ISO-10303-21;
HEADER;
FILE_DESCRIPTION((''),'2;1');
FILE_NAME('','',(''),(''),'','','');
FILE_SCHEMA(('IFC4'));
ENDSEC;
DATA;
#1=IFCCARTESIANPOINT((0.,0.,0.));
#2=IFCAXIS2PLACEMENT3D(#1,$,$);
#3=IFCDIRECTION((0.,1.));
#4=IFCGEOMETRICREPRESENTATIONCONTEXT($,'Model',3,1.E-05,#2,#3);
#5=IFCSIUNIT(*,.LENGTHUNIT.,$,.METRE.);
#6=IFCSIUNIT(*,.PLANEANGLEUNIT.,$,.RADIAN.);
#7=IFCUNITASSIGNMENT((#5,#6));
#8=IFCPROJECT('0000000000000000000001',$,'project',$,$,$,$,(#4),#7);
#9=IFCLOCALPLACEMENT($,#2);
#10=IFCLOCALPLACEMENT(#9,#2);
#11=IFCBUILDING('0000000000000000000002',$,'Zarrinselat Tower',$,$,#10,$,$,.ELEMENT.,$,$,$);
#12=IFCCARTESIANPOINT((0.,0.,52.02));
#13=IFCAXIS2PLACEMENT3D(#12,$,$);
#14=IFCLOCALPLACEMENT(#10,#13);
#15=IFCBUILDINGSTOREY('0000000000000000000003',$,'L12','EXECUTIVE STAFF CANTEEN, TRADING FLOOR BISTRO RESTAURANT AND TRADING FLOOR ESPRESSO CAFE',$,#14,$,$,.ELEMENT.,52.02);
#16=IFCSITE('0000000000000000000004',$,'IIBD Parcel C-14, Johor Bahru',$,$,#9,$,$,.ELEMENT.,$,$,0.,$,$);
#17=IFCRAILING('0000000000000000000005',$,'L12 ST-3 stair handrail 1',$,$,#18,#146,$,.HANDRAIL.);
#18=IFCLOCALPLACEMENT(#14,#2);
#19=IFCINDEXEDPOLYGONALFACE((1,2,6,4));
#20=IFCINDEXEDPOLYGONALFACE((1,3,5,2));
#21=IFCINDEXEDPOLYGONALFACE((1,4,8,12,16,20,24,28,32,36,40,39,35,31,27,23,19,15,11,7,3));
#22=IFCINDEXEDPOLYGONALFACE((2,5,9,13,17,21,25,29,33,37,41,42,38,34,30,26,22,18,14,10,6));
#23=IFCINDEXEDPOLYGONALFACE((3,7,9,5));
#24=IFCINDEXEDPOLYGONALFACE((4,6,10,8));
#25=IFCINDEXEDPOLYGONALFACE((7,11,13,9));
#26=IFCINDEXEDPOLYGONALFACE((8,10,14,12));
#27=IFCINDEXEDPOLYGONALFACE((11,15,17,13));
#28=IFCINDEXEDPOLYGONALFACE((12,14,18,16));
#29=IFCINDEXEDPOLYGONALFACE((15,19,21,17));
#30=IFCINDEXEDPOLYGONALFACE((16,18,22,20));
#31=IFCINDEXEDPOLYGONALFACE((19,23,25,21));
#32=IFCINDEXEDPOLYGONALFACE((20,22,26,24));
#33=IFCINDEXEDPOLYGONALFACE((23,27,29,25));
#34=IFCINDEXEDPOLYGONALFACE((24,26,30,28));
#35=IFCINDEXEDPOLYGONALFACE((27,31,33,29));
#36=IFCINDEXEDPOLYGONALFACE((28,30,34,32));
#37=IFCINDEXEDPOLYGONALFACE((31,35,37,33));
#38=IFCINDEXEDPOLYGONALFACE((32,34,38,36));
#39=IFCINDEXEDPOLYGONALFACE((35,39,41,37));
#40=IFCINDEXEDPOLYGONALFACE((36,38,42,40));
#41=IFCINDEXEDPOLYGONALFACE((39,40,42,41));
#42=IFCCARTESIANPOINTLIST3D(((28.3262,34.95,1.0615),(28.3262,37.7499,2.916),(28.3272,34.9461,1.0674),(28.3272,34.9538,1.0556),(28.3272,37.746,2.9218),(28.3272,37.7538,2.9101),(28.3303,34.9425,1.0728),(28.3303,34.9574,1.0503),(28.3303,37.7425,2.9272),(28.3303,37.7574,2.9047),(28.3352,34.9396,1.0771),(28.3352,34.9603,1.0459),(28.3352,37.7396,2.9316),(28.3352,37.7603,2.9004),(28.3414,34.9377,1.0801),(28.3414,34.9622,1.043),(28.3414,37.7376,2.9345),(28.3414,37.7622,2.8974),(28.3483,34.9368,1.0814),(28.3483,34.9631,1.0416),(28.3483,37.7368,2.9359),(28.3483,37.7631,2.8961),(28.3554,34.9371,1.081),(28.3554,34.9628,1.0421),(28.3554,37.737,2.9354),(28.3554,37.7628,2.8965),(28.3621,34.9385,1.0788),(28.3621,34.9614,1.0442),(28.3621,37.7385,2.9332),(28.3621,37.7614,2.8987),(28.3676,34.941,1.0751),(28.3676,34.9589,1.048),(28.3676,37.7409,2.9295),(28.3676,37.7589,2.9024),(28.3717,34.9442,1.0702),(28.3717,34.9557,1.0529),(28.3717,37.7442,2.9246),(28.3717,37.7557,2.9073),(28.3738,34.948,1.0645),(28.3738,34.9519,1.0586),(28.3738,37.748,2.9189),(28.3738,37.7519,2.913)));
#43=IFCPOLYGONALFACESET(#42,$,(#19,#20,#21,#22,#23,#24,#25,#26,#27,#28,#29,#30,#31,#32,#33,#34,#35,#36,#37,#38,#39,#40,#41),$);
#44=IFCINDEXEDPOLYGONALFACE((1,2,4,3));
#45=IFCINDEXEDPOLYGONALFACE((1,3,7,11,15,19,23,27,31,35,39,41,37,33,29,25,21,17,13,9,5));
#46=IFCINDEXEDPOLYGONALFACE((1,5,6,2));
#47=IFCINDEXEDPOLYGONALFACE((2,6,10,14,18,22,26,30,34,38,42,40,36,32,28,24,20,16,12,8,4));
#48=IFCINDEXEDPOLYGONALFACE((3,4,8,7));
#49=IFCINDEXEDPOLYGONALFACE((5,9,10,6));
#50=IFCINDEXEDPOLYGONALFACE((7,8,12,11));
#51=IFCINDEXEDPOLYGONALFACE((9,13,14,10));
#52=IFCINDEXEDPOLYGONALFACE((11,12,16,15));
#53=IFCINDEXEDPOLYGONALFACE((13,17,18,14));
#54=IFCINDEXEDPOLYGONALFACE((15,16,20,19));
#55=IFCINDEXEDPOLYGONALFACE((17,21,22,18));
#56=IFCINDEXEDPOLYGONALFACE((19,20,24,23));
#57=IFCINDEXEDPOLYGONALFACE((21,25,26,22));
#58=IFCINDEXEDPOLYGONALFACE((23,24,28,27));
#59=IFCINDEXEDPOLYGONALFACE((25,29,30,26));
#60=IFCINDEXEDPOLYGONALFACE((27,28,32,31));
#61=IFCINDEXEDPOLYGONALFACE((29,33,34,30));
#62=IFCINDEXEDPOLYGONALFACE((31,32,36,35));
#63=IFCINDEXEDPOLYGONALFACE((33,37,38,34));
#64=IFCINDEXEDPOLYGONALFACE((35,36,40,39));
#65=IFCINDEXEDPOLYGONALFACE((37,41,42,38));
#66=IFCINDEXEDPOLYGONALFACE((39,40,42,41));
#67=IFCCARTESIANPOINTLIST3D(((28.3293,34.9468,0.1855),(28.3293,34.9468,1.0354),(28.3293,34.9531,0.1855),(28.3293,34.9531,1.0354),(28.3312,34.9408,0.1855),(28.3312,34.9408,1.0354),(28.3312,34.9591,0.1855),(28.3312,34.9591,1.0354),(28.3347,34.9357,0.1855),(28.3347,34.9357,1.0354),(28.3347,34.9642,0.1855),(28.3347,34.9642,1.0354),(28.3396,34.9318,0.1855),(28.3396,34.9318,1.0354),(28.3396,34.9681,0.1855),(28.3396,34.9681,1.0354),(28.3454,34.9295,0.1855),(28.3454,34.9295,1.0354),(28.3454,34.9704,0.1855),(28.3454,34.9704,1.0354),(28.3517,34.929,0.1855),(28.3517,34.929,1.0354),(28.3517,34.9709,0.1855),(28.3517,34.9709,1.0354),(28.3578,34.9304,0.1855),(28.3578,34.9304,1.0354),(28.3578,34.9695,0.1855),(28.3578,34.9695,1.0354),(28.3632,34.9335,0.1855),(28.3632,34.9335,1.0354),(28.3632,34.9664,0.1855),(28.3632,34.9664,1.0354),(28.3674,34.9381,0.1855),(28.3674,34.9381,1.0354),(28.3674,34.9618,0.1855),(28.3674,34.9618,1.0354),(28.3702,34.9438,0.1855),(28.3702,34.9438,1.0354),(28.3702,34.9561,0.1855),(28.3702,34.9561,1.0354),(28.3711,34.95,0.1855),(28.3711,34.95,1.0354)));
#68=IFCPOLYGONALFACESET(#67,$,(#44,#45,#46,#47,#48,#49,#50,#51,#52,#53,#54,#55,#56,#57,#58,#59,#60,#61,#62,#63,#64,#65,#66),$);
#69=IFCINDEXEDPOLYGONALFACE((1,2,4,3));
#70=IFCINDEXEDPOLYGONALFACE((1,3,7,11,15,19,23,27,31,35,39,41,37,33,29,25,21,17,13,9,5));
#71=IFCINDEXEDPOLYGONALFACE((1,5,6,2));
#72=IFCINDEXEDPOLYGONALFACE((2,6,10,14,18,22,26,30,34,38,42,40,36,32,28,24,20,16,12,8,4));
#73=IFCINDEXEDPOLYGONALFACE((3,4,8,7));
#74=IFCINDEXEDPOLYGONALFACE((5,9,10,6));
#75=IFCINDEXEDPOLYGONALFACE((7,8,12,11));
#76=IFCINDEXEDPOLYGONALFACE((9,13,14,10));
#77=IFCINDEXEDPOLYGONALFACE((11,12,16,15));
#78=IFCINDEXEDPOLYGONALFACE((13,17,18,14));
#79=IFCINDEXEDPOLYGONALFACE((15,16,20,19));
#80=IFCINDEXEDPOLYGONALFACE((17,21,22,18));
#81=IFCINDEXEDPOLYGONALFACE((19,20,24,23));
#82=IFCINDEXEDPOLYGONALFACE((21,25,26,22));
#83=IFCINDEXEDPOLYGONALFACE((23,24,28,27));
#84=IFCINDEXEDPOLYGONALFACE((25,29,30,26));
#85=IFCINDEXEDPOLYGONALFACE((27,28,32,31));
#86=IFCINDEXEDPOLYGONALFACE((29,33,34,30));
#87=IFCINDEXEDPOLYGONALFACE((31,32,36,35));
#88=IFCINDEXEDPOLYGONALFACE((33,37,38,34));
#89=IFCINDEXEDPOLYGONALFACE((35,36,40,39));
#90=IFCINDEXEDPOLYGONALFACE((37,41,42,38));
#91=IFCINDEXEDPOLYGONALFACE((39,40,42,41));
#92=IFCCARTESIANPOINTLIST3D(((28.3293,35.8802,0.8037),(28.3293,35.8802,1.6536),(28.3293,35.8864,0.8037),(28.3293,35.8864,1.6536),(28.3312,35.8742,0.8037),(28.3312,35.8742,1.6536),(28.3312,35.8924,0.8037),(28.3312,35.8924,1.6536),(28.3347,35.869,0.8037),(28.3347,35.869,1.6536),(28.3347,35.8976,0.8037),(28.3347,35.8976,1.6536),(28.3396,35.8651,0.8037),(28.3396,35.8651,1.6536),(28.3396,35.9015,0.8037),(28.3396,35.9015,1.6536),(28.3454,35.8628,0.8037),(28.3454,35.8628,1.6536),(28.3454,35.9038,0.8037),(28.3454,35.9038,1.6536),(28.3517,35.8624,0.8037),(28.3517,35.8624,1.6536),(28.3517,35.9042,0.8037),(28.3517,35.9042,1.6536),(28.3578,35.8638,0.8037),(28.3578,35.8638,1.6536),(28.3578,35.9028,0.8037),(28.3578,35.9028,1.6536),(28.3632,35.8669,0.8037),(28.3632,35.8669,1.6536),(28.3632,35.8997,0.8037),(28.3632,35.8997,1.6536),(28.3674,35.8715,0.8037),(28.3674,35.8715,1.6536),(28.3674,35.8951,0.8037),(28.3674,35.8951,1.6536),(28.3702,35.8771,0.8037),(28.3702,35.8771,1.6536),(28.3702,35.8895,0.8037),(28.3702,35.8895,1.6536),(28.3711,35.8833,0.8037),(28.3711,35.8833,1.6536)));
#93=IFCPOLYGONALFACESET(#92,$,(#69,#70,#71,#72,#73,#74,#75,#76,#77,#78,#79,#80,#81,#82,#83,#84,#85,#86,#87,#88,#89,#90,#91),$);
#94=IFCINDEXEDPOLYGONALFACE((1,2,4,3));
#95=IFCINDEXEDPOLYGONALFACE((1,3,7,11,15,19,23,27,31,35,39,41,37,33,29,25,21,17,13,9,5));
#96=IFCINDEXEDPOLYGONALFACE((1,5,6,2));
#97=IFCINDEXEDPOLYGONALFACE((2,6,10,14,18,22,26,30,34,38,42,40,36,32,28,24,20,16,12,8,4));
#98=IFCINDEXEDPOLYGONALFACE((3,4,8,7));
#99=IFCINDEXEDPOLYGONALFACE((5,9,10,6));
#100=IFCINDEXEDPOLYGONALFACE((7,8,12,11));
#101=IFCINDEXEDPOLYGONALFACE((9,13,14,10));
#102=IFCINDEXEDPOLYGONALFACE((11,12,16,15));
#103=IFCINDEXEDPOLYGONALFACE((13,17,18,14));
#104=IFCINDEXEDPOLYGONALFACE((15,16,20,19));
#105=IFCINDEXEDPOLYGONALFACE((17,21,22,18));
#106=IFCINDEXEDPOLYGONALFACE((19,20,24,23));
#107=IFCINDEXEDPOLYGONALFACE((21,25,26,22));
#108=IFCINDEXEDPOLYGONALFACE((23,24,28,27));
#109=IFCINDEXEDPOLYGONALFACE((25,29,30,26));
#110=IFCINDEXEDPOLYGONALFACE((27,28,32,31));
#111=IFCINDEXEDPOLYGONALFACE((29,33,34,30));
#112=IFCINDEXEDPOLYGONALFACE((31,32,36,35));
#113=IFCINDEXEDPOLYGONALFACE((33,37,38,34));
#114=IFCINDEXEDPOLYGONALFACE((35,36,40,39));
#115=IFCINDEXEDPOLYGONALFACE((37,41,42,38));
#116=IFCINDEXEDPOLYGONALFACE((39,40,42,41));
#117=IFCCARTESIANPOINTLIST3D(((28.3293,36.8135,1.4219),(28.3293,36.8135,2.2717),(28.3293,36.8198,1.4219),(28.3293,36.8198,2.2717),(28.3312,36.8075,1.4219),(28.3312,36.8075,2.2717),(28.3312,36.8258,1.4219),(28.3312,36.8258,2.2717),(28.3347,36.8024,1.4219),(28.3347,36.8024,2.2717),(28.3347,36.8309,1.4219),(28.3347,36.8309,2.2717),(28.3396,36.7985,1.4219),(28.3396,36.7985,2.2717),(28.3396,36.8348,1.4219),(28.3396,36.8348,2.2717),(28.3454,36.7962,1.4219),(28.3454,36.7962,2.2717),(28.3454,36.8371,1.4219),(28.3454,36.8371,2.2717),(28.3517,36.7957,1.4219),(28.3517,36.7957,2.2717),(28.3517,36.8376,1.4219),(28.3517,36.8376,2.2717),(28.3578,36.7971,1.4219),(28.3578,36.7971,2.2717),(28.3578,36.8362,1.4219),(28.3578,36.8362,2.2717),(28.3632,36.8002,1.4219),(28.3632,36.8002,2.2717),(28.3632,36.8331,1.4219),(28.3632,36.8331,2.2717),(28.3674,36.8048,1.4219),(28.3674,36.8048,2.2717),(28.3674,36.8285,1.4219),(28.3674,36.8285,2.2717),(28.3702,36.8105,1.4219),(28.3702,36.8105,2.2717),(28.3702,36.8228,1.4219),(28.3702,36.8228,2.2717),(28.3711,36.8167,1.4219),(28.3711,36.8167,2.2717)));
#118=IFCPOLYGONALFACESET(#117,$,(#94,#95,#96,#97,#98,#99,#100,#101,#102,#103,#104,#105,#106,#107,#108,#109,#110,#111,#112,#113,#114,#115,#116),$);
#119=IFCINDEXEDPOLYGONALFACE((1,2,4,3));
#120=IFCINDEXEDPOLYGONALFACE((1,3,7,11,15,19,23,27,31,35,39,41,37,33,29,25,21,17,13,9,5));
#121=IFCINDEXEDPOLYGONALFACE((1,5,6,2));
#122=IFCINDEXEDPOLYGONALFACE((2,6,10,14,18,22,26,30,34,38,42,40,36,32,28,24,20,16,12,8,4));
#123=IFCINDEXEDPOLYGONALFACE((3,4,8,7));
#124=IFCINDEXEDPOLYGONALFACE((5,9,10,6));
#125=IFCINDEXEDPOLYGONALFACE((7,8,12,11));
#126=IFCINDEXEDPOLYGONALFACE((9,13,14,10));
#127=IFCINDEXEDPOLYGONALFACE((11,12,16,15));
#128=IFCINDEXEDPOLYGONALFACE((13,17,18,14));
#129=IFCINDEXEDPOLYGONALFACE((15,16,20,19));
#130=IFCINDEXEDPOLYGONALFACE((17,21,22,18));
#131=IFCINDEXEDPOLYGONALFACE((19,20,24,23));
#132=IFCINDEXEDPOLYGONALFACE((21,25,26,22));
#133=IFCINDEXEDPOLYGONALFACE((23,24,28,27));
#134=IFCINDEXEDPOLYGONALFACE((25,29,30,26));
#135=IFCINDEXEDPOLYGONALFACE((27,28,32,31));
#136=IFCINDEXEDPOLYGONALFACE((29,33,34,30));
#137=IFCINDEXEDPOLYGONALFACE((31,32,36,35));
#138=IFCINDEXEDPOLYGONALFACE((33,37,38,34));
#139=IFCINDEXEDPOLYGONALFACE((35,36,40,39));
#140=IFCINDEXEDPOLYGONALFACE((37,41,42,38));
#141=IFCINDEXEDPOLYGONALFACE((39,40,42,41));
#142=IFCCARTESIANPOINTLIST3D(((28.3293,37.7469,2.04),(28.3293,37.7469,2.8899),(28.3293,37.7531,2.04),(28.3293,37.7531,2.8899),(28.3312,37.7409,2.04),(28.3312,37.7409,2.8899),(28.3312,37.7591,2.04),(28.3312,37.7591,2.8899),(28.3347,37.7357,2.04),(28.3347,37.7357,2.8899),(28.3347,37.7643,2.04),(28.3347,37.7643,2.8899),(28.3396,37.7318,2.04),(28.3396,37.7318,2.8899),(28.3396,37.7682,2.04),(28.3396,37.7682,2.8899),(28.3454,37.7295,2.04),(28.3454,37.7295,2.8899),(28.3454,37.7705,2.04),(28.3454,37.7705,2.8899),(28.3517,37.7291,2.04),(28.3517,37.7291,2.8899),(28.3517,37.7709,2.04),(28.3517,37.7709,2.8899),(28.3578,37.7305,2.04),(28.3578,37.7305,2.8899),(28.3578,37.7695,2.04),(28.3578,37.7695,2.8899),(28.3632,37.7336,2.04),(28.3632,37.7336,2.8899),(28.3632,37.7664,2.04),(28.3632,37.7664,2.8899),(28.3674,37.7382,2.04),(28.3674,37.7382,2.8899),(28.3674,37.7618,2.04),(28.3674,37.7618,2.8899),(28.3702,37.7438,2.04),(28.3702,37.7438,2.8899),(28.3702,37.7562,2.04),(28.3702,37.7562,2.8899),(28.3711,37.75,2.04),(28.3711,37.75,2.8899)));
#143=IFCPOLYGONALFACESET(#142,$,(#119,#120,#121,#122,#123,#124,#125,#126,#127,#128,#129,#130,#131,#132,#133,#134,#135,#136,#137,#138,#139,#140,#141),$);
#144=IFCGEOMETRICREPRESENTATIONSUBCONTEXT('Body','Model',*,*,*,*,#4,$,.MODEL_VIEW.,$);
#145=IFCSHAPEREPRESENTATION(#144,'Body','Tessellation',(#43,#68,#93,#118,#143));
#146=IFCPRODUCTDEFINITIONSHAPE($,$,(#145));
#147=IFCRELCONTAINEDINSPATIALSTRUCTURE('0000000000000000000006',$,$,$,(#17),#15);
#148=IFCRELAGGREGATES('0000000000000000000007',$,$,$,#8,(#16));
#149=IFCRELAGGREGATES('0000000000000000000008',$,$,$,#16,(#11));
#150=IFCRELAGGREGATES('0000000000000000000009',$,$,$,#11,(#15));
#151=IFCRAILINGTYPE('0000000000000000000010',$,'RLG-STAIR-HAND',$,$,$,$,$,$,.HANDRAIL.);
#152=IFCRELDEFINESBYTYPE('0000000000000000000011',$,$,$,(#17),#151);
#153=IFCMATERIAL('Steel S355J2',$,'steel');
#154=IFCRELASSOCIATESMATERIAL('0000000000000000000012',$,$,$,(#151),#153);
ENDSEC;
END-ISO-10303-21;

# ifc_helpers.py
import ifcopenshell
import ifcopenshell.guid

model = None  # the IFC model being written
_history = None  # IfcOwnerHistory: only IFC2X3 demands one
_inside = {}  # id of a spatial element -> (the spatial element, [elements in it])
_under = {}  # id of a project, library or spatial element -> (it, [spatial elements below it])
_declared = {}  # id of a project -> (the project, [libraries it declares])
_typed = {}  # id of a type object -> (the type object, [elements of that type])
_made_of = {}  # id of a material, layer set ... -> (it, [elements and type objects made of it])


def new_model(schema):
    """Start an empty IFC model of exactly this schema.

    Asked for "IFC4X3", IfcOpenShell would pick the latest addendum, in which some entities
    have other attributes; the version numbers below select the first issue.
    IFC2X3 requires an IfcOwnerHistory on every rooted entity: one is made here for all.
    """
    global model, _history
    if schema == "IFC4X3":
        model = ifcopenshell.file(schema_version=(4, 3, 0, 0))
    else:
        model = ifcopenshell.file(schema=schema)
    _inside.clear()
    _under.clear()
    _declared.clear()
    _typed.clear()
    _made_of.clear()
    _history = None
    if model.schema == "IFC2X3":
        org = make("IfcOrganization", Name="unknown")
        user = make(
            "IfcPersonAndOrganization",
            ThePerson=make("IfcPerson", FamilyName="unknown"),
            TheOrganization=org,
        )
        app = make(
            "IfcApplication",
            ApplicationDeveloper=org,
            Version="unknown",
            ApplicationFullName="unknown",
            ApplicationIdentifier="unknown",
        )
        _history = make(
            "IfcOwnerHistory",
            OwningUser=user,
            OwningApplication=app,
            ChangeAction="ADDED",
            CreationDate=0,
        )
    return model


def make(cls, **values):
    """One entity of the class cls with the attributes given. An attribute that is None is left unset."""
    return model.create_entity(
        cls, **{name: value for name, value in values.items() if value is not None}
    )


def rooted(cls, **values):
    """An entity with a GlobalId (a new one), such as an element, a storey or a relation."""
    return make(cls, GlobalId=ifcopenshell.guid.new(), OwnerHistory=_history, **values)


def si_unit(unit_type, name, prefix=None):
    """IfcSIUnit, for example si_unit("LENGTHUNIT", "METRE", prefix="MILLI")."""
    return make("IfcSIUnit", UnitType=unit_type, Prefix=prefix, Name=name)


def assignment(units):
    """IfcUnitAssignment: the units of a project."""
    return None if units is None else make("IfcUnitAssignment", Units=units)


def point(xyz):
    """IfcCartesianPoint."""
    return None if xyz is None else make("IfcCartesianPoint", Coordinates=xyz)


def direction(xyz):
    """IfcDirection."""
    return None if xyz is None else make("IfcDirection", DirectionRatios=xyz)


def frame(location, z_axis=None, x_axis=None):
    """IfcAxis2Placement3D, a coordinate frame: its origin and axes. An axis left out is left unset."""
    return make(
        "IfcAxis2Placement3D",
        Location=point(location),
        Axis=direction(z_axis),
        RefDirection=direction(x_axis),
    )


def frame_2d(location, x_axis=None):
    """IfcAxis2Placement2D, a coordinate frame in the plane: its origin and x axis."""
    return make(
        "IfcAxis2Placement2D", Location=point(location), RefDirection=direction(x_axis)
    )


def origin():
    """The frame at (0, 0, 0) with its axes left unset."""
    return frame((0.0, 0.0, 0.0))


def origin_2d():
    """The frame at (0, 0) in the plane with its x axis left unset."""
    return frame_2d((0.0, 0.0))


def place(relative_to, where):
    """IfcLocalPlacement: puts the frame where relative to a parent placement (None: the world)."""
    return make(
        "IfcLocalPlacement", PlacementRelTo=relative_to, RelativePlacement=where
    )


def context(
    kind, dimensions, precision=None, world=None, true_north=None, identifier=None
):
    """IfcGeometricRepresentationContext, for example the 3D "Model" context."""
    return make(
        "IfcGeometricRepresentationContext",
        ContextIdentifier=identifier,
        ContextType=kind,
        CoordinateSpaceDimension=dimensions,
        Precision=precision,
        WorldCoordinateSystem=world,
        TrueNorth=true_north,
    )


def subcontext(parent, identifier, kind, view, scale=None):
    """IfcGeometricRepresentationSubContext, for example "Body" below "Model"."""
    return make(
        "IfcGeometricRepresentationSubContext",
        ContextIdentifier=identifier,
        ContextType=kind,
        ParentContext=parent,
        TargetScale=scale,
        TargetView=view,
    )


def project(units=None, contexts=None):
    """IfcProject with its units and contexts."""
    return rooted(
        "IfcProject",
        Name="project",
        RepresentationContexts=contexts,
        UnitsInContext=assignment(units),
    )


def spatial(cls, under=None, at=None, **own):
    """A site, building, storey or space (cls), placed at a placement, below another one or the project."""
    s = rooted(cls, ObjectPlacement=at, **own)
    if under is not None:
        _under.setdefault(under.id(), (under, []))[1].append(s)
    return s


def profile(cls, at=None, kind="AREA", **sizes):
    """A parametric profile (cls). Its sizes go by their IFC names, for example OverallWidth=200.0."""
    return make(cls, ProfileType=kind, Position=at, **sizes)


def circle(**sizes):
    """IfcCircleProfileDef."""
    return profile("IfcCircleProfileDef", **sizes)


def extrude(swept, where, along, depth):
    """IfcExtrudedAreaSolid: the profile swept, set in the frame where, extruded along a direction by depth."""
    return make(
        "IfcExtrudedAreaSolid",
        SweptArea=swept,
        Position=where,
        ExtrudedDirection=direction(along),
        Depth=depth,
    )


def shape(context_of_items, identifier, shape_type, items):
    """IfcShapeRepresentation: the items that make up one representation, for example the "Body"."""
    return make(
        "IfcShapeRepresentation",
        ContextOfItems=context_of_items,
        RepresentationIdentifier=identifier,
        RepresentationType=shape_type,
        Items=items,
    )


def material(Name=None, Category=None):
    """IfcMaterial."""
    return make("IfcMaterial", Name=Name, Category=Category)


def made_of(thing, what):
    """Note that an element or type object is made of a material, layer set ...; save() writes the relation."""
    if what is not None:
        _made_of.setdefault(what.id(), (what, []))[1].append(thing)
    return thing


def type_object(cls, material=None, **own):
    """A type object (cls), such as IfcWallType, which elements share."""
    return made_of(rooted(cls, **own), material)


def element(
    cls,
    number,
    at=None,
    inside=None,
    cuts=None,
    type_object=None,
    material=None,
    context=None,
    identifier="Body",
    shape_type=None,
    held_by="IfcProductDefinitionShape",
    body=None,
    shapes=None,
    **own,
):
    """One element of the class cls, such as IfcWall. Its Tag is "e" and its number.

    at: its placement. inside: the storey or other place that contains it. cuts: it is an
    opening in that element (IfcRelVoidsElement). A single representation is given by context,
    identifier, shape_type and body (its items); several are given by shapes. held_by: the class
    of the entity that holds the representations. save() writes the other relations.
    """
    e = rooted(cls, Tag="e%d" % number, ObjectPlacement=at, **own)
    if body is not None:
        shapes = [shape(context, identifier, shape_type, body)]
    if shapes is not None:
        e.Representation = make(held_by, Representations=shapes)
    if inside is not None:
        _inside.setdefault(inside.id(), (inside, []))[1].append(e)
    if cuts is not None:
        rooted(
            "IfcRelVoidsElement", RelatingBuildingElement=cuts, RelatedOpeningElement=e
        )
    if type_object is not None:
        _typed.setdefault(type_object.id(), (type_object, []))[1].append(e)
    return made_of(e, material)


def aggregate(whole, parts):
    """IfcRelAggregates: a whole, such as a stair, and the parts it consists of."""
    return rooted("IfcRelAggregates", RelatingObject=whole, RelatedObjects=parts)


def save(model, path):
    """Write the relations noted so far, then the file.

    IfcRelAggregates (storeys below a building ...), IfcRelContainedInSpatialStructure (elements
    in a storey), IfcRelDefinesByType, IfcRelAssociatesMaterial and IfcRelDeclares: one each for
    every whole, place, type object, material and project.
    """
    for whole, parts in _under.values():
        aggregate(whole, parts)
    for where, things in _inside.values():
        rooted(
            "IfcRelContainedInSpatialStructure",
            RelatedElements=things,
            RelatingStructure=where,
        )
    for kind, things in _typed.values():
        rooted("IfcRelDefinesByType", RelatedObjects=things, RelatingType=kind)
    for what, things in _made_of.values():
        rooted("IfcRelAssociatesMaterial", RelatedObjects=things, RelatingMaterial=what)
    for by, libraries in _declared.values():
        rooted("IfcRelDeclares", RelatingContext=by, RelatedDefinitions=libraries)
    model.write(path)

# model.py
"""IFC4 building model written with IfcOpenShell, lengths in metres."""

from ifc_helpers import new_model, si_unit, direction, frame, origin, origin_2d, place, context, subcontext, project, spatial, circle, extrude, material, type_object, element, save


model = new_model("IFC4")

# Units and contexts
model_context = context("Model", 3, precision=1e-05, world=origin(), true_north=direction((0.0, 1.0)))
body_context = subcontext(model_context, "Body", "Model", "MODEL_VIEW")
ifc_project = project(units=[si_unit("LENGTHUNIT", "METRE"), si_unit("PLANEANGLEUNIT", "RADIAN")], contexts=[model_context])

# Site, building, storey
site_placement = place(None, origin())
site = spatial("IfcSite", under=ifc_project, at=site_placement, Name="IIBD Parcel C-14, Johor Bahru", CompositionType="ELEMENT", RefElevation=0.0)
building_placement = place(site_placement, origin())
building = spatial("IfcBuilding", under=site, at=building_placement, Name="Zarrinselat Tower", CompositionType="ELEMENT")
storey_placement = place(building_placement, frame((0.0, 0.0, 52.02)))
storey = spatial("IfcBuildingStorey", under=building, at=storey_placement, Name="L12", Description="EXECUTIVE STAFF CANTEEN, TRADING FLOOR BISTRO RESTAURANT AND TRADING FLOOR ESPRESSO CAFE", CompositionType="ELEMENT", Elevation=52.02)

# Railing
ifc_material_1 = material(Name="Steel S355J2", Category="steel")
railing_type_1 = type_object("IfcRailingType", Name="RLG-STAIR-HAND", PredefinedType="HANDRAIL", material=ifc_material_1)
railing_1_placement = place(storey_placement, frame((28.3501, 34.95, 0.1855)))
element("IfcRailing", 1, at=railing_1_placement, inside=storey, type_object=railing_type_1, Name="L12 ST-3 stair handrail 1", PredefinedType="HANDRAIL", context=body_context, shape_type="SweptSolid", body=[
    extrude(circle(Radius=0.0239, at=origin_2d()), frame((0.0, 0.0, 0.876), z_axis=(0.0, 0.833724, 0.552181), x_axis=(-1.0, 0.0, 0.0)), (0.0, 0.0, 1.0), 3.3584),
    extrude(circle(Radius=0.021, at=origin_2d()), origin(), (0.0, 0.0, 1.0), 0.8499),
    extrude(circle(Radius=0.021, at=origin_2d()), frame((0.0, 0.9333, 0.6182)), (0.0, 0.0, 1.0), 0.8499),
    extrude(circle(Radius=0.021, at=origin_2d()), frame((0.0, 1.8667, 1.2363)), (0.0, 0.0, 1.0), 0.8499),
    extrude(circle(Radius=0.021, at=origin_2d()), frame((0.0, 2.8, 1.8545)), (0.0, 0.0, 1.0), 0.8499),
])

save(model, "model.ifc")
